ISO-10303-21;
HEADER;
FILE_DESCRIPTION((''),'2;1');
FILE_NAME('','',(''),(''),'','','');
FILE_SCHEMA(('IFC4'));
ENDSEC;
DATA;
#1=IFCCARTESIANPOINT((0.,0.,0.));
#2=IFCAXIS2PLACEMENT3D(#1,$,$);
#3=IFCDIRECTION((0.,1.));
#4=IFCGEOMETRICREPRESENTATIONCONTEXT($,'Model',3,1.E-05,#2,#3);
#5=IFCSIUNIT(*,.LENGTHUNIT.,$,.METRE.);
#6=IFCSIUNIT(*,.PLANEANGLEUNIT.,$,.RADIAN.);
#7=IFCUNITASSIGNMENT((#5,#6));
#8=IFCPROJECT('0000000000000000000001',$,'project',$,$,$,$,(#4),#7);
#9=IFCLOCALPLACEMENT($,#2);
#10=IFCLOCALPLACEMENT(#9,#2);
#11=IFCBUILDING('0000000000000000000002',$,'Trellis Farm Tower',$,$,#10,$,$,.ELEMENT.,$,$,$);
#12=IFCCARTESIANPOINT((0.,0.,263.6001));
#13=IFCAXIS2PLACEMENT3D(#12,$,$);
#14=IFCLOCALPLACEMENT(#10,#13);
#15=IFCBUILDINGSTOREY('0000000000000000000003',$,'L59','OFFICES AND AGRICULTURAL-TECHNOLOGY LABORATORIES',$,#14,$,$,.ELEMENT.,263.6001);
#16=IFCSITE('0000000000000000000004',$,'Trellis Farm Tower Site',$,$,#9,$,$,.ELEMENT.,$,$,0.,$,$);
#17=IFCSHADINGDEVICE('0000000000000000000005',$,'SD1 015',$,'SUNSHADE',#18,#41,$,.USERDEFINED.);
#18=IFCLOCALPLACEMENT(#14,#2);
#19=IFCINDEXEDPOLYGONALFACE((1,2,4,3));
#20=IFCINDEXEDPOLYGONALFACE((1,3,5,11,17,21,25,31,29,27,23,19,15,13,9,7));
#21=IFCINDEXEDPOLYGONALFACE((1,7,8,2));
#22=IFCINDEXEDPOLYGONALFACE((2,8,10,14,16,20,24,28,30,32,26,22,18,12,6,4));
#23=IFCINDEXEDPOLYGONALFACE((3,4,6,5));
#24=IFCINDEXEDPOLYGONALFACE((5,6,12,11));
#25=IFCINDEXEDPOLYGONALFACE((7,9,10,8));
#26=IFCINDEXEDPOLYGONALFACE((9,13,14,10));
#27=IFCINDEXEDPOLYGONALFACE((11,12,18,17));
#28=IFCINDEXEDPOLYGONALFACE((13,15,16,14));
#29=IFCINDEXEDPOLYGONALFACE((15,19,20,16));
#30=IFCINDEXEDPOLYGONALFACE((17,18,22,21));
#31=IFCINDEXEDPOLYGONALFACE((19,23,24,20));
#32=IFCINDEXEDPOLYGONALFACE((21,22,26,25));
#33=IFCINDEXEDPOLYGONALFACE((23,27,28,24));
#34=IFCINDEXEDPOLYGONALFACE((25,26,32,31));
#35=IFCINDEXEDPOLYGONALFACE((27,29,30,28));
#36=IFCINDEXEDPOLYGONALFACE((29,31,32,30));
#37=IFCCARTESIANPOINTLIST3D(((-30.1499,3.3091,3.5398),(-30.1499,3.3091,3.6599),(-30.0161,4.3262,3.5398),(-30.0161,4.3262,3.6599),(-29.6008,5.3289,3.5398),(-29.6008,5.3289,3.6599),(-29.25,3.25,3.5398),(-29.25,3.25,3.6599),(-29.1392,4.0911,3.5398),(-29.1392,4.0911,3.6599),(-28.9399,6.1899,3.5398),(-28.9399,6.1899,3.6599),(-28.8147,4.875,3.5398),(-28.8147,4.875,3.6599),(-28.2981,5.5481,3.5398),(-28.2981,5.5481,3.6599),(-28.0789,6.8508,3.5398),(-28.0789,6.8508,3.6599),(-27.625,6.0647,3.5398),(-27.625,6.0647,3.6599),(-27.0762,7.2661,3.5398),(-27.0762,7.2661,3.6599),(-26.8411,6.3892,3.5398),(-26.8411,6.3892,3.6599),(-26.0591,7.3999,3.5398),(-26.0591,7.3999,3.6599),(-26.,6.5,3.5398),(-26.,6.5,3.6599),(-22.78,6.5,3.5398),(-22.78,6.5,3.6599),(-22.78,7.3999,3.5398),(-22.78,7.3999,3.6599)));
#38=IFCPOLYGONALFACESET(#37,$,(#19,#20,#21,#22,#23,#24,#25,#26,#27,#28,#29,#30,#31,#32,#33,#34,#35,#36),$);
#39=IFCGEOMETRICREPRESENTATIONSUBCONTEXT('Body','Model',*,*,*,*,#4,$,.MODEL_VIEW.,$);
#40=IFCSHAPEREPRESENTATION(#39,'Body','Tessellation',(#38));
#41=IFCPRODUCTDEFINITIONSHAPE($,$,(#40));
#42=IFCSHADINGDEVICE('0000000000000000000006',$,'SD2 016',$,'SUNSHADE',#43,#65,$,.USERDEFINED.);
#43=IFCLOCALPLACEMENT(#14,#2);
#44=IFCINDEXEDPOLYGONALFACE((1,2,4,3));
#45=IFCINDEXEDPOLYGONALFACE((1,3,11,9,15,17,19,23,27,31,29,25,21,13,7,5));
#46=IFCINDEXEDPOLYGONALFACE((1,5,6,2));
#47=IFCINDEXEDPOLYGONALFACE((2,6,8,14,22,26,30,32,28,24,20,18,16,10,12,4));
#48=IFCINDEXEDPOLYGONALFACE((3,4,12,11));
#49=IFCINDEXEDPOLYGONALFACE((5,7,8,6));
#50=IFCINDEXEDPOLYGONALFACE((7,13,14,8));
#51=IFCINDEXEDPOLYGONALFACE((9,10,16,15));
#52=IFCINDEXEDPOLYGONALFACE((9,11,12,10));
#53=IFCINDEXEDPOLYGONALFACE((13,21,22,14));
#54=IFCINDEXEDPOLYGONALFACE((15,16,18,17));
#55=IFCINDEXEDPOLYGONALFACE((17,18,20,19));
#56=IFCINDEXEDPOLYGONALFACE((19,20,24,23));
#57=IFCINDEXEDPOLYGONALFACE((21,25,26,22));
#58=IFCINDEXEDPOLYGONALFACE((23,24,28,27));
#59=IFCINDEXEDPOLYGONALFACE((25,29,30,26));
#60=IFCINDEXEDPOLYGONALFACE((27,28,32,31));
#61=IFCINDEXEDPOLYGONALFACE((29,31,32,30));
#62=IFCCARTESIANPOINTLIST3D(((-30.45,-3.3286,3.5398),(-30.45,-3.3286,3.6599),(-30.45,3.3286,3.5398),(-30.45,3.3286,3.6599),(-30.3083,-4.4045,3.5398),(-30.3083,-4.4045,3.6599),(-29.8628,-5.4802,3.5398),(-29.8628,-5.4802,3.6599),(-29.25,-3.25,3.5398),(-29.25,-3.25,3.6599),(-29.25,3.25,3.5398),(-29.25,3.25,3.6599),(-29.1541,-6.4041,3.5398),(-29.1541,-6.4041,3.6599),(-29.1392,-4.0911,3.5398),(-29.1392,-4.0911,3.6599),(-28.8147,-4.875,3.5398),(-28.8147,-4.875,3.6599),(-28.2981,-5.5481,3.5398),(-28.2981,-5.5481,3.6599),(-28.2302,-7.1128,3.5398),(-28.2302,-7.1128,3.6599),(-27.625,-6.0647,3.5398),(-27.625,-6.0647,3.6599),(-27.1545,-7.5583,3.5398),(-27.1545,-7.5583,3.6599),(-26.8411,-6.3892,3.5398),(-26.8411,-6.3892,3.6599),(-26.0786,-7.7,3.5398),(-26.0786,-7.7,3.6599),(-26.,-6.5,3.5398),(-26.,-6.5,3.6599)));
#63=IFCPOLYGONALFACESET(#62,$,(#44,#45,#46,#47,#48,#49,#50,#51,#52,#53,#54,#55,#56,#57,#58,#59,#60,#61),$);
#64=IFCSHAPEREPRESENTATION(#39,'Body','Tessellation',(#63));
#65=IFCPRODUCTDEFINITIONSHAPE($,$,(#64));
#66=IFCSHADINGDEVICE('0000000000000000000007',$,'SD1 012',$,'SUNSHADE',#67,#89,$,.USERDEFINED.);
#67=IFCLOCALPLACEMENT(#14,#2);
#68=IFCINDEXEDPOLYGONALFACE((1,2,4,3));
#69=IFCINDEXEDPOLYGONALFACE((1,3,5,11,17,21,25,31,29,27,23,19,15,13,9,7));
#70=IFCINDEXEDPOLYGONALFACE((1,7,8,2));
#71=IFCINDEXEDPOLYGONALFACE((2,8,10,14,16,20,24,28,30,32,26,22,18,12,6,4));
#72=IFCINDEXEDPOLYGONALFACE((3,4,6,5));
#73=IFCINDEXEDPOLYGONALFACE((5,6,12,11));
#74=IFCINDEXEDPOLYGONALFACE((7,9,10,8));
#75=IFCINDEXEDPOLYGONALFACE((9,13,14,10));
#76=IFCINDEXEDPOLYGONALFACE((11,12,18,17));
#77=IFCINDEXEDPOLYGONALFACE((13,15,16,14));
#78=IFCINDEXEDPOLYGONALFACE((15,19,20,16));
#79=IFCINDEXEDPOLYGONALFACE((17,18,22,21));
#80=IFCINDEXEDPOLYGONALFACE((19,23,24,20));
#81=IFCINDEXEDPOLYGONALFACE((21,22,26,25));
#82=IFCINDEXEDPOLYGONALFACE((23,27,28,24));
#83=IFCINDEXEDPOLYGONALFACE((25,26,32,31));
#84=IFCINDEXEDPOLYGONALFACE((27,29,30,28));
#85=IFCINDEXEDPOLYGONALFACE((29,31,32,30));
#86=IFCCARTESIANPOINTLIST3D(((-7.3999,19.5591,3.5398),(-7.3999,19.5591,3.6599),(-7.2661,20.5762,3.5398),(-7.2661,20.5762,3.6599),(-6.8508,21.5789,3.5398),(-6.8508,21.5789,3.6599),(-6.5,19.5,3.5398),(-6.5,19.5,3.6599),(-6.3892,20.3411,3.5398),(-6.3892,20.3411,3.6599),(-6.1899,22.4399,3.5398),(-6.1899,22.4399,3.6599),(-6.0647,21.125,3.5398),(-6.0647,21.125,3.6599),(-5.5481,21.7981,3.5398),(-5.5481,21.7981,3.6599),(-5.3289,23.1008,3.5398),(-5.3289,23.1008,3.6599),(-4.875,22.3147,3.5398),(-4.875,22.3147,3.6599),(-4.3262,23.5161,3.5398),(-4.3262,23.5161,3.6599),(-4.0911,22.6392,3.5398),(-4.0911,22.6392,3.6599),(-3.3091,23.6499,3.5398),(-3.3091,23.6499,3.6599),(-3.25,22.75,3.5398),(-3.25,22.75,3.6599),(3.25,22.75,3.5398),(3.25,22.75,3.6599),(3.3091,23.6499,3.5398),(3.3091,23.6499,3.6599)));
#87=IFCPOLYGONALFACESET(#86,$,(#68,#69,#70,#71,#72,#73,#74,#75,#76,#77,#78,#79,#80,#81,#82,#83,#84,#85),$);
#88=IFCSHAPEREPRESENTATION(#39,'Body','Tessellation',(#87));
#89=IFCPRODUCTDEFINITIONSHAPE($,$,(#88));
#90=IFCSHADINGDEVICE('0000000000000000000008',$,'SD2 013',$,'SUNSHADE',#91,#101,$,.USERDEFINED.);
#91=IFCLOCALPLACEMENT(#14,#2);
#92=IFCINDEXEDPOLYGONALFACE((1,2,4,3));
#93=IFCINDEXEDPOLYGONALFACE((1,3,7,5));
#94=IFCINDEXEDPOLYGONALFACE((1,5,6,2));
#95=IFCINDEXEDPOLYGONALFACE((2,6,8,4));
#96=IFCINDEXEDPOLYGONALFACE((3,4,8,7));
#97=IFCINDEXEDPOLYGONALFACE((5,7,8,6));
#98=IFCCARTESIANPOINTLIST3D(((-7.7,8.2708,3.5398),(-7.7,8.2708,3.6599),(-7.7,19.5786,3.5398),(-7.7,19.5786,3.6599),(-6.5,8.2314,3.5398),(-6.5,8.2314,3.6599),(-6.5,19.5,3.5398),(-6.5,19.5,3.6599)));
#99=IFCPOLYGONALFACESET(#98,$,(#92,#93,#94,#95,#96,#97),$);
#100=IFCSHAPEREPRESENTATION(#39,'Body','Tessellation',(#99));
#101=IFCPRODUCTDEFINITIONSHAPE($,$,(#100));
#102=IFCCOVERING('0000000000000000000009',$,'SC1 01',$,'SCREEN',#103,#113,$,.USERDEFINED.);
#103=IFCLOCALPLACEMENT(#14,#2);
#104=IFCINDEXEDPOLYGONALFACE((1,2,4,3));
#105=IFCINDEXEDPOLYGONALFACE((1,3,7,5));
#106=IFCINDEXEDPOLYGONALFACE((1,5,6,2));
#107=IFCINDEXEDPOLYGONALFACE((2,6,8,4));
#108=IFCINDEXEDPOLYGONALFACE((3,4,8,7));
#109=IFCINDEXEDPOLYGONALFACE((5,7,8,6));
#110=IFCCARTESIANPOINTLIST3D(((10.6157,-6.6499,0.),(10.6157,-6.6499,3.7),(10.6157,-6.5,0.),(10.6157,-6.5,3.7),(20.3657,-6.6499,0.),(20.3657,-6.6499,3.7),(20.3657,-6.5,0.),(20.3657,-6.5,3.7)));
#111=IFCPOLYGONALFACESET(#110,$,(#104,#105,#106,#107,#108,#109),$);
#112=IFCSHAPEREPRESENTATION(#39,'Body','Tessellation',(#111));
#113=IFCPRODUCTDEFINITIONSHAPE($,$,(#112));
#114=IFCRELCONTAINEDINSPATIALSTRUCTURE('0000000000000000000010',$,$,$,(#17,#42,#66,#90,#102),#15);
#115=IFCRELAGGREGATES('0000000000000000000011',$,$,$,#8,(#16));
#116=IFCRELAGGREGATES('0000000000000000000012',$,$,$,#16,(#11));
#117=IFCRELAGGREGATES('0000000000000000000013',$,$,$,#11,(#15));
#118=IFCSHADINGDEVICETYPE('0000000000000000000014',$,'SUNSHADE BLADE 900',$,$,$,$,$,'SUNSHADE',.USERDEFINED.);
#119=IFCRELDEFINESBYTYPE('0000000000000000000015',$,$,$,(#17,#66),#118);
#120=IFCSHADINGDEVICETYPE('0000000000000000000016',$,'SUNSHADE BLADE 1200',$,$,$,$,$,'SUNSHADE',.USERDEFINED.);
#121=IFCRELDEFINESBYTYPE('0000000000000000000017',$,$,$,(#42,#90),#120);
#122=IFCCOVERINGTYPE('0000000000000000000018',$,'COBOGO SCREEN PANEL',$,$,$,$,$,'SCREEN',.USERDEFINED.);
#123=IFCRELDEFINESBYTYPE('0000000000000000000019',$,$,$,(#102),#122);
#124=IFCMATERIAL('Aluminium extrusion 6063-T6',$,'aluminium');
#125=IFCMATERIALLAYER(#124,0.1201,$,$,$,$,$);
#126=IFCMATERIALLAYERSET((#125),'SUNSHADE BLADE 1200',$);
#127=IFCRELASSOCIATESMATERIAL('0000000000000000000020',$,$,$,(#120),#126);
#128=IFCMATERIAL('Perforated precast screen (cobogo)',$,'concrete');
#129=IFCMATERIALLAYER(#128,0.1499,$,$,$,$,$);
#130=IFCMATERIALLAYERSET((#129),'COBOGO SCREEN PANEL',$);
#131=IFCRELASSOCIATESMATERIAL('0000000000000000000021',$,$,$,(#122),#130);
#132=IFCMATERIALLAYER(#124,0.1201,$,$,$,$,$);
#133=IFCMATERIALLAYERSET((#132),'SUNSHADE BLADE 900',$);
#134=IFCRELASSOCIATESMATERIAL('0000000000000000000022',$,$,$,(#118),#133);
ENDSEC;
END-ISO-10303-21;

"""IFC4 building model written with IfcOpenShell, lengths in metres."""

from ifc_helpers import new_model, si_unit, direction, frame, origin, place, context, subcontext, project, spatial, polyline, outline, extrude, source, transform, mapped, material, layer, layer_set, type_object, element, save


model = new_model("IFC4")

# Units and contexts
model_context = context("Model", 3, precision=1e-05, world=origin(), true_north=direction((0.0, 1.0)))
body_context = subcontext(model_context, "Body", "Model", "MODEL_VIEW")
ifc_project = project(units=[si_unit("LENGTHUNIT", "METRE"), si_unit("PLANEANGLEUNIT", "RADIAN")], contexts=[model_context])

# Site, building, storey
site_placement = place(None, origin())
site = spatial("IfcSite", under=ifc_project, at=site_placement, Name="Trellis Farm Tower Site", CompositionType="ELEMENT", RefElevation=0.0)
building_placement = place(site_placement, origin())
building = spatial("IfcBuilding", under=site, at=building_placement, Name="Trellis Farm Tower", CompositionType="ELEMENT")
storey_placement = place(building_placement, frame((0.0, 0.0, 263.6001)))
storey = spatial("IfcBuildingStorey", under=building, at=storey_placement, Name="L59", Description="OFFICES AND AGRICULTURAL-TECHNOLOGY LABORATORIES", CompositionType="ELEMENT", Elevation=263.6001)

# Shared definitions
placement_1 = place(storey_placement, origin())
ifc_material_1 = material(Name="Aluminium extrusion 6063-T6", Category="aluminium")

# Shared definitions
ifc_layer_1 = layer(ifc_material_1, 0.1201)
ifc_layer_set_1 = layer_set([ifc_layer_1], Name="SUNSHADE BLADE 1200")
shading_device_type_1 = type_object("IfcShadingDeviceType", Name="SUNSHADE BLADE 1200", ElementType="SUNSHADE", PredefinedType="USERDEFINED", material=ifc_layer_set_1)
placement_2 = place(storey_placement, frame((0.0, 0.0, 3.5398)))

# Shared definitions
ifc_material_2 = material(Name="Perforated precast screen (cobogo)", Category="concrete")
ifc_layer_2 = layer(ifc_material_2, 0.1499)
ifc_layer_set_2 = layer_set([ifc_layer_2], Name="COBOGO SCREEN PANEL")
covering_type = type_object("IfcCoveringType", Name="COBOGO SCREEN PANEL", ElementType="SCREEN", PredefinedType="USERDEFINED", material=ifc_layer_set_2)

# Shading devices
ifc_layer_3 = layer(ifc_material_1, 0.1201)
ifc_layer_set_3 = layer_set([ifc_layer_3], Name="SUNSHADE BLADE 900")
shading_device_type_2 = type_object("IfcShadingDeviceType", Name="SUNSHADE BLADE 900", ElementType="SUNSHADE", PredefinedType="USERDEFINED", material=ifc_layer_set_3)
shared_shape_1 = source(origin(), body_context, "Body", "SweptSolid", [
    extrude(outline(polyline([(-22.78, 7.3999), (-26.0591, 7.3999), (-27.0762, 7.2661), (-28.0789, 6.8508), (-28.9399, 6.1899), (-29.6008, 5.3289), (-30.0161, 4.3262), (-30.1499, 3.3091), (-29.25, 3.25), (-29.1392, 4.0911), (-28.8147, 4.875), (-28.2981, 5.5481), (-27.625, 6.0647), (-26.8411, 6.3892), (-26.0, 6.5), (-22.78, 6.5), (-22.78, 7.3999)])), origin(), (0.0, 0.0, 1.0), 0.1201),
])
element("IfcShadingDevice", 1, at=placement_2, inside=storey, type_object=shading_device_type_2, Name="SD1 015", ObjectType="SUNSHADE", PredefinedType="USERDEFINED", context=body_context, shape_type="MappedRepresentation", body=[
    mapped(shared_shape_1, transform((0.0, 0.0, 0.0))),
])
shared_shape_2 = source(origin(), body_context, "Body", "SweptSolid", [
    extrude(outline(polyline([(-30.45, 3.3286), (-30.45, -3.3286), (-30.3083, -4.4045), (-29.8628, -5.4802), (-29.1541, -6.4041), (-28.2302, -7.1128), (-27.1545, -7.5583), (-26.0786, -7.7), (-26.0, -6.5), (-26.8411, -6.3892), (-27.625, -6.0647), (-28.2981, -5.5481), (-28.8147, -4.875), (-29.1392, -4.0911), (-29.25, -3.25), (-29.25, 3.25), (-30.45, 3.3286)])), origin(), (0.0, 0.0, 1.0), 0.1201),
])
element("IfcShadingDevice", 2, at=placement_2, inside=storey, type_object=shading_device_type_1, Name="SD2 016", ObjectType="SUNSHADE", PredefinedType="USERDEFINED", context=body_context, shape_type="MappedRepresentation", body=[
    mapped(shared_shape_2, transform((0.0, 0.0, 0.0))),
])
shared_shape_3 = source(origin(), body_context, "Body", "SweptSolid", [
    extrude(outline(polyline([(3.3091, 23.6499), (-3.3091, 23.6499), (-4.3262, 23.5161), (-5.3289, 23.1008), (-6.1899, 22.4399), (-6.8508, 21.5789), (-7.2661, 20.5762), (-7.3999, 19.5591), (-6.5, 19.5), (-6.3892, 20.3411), (-6.0647, 21.125), (-5.5481, 21.7981), (-4.875, 22.3147), (-4.0911, 22.6392), (-3.25, 22.75), (3.25, 22.75), (3.3091, 23.6499)])), origin(), (0.0, 0.0, 1.0), 0.1201),
])
element("IfcShadingDevice", 3, at=placement_2, inside=storey, type_object=shading_device_type_2, Name="SD1 012", ObjectType="SUNSHADE", PredefinedType="USERDEFINED", context=body_context, shape_type="MappedRepresentation", body=[
    mapped(shared_shape_3, transform((0.0, 0.0, 0.0))),
])
shared_shape_4 = source(origin(), body_context, "Body", "SweptSolid", [
    extrude(outline(polyline([(-7.7, 19.5786), (-7.7, 8.2708), (-6.5, 8.2314), (-6.5, 19.5), (-7.7, 19.5786)])), origin(), (0.0, 0.0, 1.0), 0.1201),
])
element("IfcShadingDevice", 4, at=placement_2, inside=storey, type_object=shading_device_type_1, Name="SD2 013", ObjectType="SUNSHADE", PredefinedType="USERDEFINED", context=body_context, shape_type="MappedRepresentation", body=[
    mapped(shared_shape_4, transform((0.0, 0.0, 0.0))),
])

# Covering
shared_shape_5 = source(origin(), body_context, "Body", "SweptSolid", [
    extrude(outline(polyline([(10.6157, -6.6499), (20.3657, -6.6499), (20.3657, -6.5), (10.6157, -6.5), (10.6157, -6.6499)])), origin(), (0.0, 0.0, 1.0), 3.7),
])
element("IfcCovering", 5, at=placement_1, inside=storey, type_object=covering_type, Name="SC1 01", ObjectType="SCREEN", PredefinedType="USERDEFINED", context=body_context, shape_type="MappedRepresentation", body=[
    mapped(shared_shape_5, transform((0.0, 0.0, 0.0))),
])

save(model, "model.ifc")
